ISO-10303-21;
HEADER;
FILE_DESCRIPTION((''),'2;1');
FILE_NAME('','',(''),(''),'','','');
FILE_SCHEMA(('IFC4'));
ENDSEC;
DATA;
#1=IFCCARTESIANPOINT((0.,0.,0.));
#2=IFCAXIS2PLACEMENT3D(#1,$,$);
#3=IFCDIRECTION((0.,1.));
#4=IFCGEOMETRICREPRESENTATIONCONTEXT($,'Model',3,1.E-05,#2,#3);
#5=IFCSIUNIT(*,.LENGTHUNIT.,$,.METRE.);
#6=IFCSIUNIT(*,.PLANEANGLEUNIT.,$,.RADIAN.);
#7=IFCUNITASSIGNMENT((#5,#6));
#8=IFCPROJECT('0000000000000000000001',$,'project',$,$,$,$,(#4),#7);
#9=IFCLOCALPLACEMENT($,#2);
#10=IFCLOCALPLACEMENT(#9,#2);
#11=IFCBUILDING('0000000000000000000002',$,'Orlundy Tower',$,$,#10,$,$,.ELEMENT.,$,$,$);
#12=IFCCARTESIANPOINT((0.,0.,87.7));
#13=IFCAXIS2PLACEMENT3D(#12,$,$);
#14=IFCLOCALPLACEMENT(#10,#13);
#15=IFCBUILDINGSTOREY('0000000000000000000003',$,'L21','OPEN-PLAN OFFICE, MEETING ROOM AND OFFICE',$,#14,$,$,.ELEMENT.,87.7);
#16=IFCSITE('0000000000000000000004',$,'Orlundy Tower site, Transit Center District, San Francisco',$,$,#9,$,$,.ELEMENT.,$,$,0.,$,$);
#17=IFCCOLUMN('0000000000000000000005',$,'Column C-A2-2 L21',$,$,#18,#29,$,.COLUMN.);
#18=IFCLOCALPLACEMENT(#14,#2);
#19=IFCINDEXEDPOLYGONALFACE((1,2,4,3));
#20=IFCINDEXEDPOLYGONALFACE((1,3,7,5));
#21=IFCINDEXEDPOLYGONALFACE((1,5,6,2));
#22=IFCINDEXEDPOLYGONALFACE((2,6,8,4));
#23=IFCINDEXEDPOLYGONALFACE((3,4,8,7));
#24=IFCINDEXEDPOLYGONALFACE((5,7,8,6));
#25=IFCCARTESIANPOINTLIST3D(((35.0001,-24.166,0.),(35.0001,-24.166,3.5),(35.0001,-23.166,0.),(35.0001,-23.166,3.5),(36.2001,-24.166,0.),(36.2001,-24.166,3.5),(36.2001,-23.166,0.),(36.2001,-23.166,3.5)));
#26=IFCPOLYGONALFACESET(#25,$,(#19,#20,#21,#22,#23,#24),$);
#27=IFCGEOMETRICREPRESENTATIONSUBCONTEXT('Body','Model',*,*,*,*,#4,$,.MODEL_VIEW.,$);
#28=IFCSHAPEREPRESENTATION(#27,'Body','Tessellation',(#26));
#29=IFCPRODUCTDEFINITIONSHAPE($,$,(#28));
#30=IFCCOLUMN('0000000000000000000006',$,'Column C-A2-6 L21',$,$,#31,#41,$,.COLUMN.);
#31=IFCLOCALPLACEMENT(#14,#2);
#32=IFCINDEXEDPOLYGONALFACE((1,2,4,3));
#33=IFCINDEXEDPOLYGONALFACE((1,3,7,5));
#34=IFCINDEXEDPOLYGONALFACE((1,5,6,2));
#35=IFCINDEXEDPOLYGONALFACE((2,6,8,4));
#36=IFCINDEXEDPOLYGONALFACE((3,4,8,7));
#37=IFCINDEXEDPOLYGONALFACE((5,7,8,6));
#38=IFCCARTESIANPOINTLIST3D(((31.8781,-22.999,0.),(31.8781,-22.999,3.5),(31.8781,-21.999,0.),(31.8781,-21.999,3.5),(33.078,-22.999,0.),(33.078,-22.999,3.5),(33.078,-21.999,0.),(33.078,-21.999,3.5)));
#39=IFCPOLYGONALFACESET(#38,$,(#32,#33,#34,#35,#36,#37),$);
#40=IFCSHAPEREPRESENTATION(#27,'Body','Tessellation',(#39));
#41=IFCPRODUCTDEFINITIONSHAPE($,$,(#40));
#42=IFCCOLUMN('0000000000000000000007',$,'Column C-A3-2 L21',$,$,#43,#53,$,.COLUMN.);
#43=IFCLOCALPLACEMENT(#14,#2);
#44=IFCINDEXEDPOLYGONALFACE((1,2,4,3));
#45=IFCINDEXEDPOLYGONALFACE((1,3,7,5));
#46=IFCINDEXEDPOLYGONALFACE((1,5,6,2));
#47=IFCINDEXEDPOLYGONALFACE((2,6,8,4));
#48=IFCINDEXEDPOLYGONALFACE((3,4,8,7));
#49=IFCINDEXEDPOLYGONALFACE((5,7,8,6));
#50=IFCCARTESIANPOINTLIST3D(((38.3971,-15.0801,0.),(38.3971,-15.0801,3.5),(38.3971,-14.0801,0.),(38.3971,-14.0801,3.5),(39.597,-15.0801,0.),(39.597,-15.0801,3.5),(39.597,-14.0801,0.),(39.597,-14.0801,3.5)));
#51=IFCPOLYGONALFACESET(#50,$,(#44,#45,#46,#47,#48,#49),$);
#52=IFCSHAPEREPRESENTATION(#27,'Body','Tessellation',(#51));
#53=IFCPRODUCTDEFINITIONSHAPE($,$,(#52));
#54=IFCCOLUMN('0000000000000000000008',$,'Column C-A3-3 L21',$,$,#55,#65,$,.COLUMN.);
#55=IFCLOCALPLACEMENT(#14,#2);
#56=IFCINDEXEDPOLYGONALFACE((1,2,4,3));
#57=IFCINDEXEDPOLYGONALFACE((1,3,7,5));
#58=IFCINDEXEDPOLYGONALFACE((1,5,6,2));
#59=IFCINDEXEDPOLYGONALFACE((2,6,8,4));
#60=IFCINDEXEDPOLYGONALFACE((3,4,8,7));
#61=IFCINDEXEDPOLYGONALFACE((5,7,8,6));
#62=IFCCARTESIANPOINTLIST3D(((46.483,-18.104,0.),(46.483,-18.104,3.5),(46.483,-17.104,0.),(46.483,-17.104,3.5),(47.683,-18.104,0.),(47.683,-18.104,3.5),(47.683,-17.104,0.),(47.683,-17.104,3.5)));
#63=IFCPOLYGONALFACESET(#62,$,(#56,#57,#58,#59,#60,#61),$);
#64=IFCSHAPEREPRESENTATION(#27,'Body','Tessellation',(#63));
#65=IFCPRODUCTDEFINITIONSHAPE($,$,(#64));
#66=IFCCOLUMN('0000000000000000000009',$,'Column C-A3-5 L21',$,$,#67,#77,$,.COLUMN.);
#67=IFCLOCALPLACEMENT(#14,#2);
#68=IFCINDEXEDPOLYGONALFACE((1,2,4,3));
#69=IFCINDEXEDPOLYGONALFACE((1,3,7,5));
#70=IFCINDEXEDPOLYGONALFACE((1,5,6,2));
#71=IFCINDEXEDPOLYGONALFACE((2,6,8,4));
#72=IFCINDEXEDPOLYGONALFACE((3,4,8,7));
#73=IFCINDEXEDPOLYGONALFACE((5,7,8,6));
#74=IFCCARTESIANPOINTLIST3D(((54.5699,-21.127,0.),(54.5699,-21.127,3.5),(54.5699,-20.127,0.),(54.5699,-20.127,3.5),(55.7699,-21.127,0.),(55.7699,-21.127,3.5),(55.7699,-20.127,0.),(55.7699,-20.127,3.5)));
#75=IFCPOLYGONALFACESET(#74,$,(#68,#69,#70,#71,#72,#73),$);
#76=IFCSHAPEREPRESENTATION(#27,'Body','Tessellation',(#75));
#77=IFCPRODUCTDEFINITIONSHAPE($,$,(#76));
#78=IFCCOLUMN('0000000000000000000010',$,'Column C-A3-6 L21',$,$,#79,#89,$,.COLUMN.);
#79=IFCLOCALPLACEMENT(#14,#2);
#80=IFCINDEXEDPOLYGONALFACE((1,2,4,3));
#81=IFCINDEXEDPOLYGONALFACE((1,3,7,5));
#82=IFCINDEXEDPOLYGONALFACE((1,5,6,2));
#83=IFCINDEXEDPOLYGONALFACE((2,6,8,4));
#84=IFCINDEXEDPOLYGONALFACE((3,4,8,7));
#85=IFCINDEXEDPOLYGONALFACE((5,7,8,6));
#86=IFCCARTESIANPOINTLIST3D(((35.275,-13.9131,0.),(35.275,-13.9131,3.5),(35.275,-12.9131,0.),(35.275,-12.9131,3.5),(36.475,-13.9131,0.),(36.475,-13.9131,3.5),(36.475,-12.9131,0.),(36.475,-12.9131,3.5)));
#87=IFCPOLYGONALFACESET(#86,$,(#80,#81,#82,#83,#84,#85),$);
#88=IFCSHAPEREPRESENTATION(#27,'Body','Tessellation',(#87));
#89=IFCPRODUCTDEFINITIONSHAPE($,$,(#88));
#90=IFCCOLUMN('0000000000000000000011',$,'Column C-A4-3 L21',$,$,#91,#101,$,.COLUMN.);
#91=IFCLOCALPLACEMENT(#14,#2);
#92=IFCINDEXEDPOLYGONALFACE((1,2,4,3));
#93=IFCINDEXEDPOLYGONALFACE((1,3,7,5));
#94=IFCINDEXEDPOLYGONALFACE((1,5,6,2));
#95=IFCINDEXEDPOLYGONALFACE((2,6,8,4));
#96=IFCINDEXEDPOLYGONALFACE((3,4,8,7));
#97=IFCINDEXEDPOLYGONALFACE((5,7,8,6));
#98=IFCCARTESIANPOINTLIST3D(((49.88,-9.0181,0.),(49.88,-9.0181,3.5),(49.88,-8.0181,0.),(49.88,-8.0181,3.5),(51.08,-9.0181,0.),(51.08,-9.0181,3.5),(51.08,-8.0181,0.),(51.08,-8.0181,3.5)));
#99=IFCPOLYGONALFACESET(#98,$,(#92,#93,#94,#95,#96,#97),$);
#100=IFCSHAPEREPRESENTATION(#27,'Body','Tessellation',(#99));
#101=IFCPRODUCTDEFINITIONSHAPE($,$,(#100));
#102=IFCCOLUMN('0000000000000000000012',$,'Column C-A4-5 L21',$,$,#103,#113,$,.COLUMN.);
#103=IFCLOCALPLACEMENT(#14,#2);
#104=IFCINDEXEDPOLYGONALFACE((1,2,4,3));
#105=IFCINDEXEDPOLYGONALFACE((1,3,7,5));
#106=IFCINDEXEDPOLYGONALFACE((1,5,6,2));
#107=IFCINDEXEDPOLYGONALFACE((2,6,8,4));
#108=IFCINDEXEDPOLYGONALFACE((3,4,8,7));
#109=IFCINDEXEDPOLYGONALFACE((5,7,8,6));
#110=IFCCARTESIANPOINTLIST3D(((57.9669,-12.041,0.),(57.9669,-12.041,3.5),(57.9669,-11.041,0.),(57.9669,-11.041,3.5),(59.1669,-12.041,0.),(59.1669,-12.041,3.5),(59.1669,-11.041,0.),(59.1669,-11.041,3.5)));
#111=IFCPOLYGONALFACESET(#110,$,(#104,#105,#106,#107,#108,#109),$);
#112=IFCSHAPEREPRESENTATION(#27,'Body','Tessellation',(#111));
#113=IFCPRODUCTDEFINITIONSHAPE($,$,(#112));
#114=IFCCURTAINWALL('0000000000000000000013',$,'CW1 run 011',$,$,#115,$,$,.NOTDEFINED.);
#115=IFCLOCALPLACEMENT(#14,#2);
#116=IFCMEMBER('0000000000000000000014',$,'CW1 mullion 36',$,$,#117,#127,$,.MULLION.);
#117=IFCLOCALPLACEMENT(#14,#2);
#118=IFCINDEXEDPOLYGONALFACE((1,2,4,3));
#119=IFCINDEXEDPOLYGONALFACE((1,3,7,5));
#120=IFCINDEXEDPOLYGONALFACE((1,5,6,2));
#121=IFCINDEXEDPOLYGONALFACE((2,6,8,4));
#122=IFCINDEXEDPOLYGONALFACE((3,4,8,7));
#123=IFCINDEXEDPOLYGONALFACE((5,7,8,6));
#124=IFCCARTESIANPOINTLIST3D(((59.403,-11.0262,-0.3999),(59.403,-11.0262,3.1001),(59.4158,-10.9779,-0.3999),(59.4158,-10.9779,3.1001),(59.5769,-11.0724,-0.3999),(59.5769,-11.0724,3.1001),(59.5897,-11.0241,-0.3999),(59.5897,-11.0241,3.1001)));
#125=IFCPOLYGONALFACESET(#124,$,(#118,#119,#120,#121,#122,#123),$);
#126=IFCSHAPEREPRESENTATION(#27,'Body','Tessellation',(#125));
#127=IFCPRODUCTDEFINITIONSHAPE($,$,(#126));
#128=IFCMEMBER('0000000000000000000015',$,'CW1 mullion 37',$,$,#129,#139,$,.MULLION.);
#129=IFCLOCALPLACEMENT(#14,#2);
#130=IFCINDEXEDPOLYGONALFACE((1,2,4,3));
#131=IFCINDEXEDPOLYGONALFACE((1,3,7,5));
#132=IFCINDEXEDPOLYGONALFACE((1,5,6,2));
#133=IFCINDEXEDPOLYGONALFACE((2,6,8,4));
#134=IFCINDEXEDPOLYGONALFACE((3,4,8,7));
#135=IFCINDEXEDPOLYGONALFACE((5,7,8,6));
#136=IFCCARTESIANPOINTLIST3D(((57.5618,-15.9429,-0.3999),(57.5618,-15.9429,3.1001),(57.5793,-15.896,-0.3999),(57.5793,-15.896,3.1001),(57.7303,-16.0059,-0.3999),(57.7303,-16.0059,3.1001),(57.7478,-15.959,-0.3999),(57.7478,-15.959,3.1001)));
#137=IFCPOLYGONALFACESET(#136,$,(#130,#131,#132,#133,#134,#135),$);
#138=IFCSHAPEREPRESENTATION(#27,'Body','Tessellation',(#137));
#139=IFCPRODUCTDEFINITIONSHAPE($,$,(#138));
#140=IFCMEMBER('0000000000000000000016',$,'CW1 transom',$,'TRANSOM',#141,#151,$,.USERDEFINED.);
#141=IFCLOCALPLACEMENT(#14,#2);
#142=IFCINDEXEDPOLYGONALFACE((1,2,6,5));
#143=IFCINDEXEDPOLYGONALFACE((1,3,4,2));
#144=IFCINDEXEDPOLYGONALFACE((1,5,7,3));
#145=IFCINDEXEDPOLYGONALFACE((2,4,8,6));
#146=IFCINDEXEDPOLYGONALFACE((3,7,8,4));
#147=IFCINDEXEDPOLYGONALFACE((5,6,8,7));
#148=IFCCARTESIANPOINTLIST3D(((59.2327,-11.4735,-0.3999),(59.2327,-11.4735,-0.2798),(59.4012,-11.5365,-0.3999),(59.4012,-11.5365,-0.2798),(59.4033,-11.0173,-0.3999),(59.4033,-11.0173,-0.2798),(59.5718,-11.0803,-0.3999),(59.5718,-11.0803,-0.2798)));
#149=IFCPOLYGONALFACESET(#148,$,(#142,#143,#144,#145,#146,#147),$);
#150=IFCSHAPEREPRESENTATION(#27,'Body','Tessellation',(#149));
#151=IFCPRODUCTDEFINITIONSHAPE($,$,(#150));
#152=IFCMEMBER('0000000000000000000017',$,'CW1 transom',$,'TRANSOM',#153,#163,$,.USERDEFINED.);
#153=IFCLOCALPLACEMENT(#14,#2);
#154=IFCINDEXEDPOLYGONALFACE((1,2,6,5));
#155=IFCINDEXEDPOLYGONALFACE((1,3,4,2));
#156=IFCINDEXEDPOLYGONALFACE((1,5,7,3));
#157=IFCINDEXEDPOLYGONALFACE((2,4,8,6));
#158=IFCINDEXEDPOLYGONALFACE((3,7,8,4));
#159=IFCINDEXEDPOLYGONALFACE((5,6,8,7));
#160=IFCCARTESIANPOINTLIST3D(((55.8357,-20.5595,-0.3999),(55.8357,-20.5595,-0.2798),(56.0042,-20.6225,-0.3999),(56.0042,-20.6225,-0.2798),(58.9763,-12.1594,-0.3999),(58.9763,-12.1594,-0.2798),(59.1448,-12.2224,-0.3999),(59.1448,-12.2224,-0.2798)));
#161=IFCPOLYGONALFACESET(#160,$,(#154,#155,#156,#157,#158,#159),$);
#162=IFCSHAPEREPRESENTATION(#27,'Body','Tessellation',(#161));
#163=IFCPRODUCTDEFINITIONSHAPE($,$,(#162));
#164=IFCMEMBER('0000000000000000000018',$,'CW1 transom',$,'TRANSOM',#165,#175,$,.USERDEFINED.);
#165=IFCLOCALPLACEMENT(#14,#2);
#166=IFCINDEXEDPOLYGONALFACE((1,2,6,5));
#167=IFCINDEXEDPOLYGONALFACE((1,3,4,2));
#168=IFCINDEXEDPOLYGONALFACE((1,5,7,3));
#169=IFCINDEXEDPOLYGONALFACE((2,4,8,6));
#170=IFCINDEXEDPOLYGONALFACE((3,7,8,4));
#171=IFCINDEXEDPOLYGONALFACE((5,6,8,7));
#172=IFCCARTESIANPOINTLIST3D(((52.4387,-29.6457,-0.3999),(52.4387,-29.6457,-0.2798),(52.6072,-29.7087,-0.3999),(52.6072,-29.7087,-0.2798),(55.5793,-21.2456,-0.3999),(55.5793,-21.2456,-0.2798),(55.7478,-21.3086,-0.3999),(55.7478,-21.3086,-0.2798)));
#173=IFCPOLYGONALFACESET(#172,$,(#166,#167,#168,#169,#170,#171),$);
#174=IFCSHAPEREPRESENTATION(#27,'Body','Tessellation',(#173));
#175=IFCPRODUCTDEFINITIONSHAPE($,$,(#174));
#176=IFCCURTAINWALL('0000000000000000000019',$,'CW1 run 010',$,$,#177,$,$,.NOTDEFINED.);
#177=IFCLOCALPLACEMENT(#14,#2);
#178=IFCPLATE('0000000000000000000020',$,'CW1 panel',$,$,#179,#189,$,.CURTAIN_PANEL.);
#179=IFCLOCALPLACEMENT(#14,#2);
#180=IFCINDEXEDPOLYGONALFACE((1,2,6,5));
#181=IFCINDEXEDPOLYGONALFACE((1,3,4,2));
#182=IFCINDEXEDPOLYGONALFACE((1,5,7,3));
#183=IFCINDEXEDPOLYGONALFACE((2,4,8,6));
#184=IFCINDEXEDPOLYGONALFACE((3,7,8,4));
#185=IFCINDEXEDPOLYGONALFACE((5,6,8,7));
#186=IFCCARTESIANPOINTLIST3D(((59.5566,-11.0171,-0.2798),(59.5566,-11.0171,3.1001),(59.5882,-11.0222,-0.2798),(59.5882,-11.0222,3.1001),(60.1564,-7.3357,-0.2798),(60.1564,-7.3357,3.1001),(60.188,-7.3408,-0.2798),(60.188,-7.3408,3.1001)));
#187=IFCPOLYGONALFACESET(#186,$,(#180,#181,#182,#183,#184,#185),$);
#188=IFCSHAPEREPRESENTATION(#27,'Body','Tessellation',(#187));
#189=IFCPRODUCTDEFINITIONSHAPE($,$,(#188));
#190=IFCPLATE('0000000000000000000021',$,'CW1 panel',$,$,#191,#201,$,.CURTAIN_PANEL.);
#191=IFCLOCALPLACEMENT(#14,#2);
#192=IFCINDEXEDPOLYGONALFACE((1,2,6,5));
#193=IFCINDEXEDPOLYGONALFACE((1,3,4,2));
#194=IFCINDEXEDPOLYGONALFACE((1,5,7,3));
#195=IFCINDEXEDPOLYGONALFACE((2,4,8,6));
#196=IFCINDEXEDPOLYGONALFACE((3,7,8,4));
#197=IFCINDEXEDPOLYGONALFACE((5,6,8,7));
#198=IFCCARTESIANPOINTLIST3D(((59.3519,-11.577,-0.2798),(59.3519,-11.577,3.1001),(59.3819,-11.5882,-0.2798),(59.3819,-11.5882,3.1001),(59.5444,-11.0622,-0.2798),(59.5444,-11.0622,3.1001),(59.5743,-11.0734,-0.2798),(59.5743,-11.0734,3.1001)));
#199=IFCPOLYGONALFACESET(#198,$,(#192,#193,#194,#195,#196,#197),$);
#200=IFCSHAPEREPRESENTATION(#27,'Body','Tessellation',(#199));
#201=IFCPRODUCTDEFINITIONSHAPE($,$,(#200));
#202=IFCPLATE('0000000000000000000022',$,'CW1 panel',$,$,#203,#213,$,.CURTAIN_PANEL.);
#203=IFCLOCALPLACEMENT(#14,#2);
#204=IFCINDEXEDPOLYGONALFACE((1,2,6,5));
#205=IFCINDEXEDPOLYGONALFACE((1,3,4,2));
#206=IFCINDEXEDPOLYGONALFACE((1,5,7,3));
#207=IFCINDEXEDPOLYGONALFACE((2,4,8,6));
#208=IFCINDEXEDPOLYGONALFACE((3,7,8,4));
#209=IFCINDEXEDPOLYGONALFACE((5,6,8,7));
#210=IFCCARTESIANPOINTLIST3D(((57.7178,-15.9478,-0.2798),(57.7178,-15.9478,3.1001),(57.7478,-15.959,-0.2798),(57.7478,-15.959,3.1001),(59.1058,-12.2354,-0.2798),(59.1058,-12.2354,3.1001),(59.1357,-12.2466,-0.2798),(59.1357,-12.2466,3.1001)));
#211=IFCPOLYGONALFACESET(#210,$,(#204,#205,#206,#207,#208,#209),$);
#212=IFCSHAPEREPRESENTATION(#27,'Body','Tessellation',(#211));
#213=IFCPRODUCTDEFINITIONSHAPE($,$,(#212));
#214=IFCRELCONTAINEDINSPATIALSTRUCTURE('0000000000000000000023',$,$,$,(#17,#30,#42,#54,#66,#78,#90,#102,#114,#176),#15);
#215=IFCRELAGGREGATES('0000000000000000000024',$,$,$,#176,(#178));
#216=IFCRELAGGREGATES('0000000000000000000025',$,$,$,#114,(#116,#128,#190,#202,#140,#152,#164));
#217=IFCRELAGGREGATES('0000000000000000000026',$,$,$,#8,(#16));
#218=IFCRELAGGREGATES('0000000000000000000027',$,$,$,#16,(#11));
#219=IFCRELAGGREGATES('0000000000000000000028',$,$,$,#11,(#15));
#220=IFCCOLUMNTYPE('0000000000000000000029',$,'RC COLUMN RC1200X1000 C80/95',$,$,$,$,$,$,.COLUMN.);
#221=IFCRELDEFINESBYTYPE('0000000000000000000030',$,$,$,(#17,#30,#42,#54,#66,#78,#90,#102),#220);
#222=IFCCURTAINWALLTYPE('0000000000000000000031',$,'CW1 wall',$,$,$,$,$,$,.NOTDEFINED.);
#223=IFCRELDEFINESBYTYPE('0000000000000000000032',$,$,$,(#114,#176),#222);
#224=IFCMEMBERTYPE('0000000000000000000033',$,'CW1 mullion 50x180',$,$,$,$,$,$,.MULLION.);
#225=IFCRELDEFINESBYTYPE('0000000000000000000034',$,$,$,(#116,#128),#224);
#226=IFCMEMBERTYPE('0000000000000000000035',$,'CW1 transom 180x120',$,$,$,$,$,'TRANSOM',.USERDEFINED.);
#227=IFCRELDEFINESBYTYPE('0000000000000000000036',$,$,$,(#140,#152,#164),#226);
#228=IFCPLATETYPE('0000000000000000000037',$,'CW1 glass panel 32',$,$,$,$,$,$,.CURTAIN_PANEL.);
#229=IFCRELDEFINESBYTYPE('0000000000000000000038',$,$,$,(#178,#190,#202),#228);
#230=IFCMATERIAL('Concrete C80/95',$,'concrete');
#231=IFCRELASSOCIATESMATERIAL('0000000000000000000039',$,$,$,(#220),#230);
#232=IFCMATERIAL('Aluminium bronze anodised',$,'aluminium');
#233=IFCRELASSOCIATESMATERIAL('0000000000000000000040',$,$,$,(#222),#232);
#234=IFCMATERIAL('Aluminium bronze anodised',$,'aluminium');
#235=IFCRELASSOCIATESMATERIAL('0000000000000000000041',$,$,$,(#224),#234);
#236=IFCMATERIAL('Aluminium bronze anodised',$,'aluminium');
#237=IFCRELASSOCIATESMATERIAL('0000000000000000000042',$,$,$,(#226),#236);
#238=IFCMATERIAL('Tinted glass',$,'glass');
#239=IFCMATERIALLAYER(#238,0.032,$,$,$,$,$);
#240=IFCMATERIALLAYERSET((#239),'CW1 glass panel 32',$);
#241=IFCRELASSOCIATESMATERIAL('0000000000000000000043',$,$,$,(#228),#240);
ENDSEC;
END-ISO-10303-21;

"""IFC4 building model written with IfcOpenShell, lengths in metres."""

from ifc_helpers import new_model, si_unit, direction, frame, origin, origin_2d, place, context, subcontext, project, spatial, rectangle, extrude, material, layer, layer_set, material_profile, profile_set, type_object, element, aggregate, save


model = new_model("IFC4")

# Units and contexts
model_context = context("Model", 3, precision=1e-05, world=origin(), true_north=direction((0.0, 1.0)))
body_context = subcontext(model_context, "Body", "Model", "MODEL_VIEW")
ifc_project = project(units=[si_unit("LENGTHUNIT", "METRE"), si_unit("PLANEANGLEUNIT", "RADIAN")], contexts=[model_context])

# Site, building, storey
site_placement = place(None, origin())
site = spatial("IfcSite", under=ifc_project, at=site_placement, Name="Orlundy Tower site, Transit Center District, San Francisco", CompositionType="ELEMENT", RefElevation=0.0)
building_placement = place(site_placement, origin())
building = spatial("IfcBuilding", under=site, at=building_placement, Name="Orlundy Tower", CompositionType="ELEMENT")
storey_placement = place(building_placement, frame((0.0, 0.0, 87.7)))
storey = spatial("IfcBuildingStorey", under=building, at=storey_placement, Name="L21", Description="OPEN-PLAN OFFICE, MEETING ROOM AND OFFICE", CompositionType="ELEMENT", Elevation=87.7)

# Columns
ifc_material_1 = material(Name="Concrete C80/95", Category="concrete")
ifc_material_profile_1 = material_profile(ifc_material_1, rectangle(XDim=1.2, YDim=1.0, at=origin_2d()), Name="RC1200X1000")
ifc_profile_set_1 = profile_set([ifc_material_profile_1], Name="Concrete C80/95")
column_type = type_object("IfcColumnType", Name="RC COLUMN RC1200X1000 C80/95", PredefinedType="COLUMN", material=ifc_profile_set_1)
for number, where, z_axis, x_axis, name in (
    (1, (35.6001, -23.666, 0.0), (0.0, 0.0, 1.0), (1.0, 0.0, 0.0), "Column C-A2-2 L21"),
    (2, (32.478, -22.499, 0.0), (0.0, 0.0, 1.0), (1.0, 0.0, 0.0), "Column C-A2-6 L21"),
    (3, (38.9971, -14.5801, 0.0), (0.0, 0.0, 1.0), (1.0, 0.0, 0.0), "Column C-A3-2 L21"),
    (4, (47.083, -17.604, 0.0), (0.0, 0.0, 1.0), (1.0, 0.0, 0.0), "Column C-A3-3 L21"),
    (5, (55.1699, -20.627, 0.0), (0.0, 0.0, 1.0), (1.0, 0.0, 0.0), "Column C-A3-5 L21"),
    (6, (35.875, -13.4131, 0.0), (0.0, 0.0, 1.0), (1.0, 0.0, 0.0), "Column C-A3-6 L21"),
    (7, (50.48, -8.5181, 0.0), (0.0, 0.0, 1.0), (1.0, 0.0, 0.0), "Column C-A4-3 L21"),
    (8, (58.5669, -11.541, 0.0), (0.0, 0.0, 1.0), (1.0, 0.0, 0.0), "Column C-A4-5 L21"),
):
    element("IfcColumn", number, at=place(storey_placement, frame(where, z_axis=z_axis, x_axis=x_axis)), inside=storey, type_object=column_type, Name=name, PredefinedType="COLUMN", context=body_context, shape_type="SweptSolid", body=[
        extrude(rectangle(XDim=1.2, YDim=1.0, at=origin_2d()), origin(), (0.0, 0.0, 1.0), 3.5),
    ])

# Curtain wall, members
ifc_material_2 = material(Name="Aluminium bronze anodised", Category="aluminium")
curtain_wall_type = type_object("IfcCurtainWallType", Name="CW1 wall", PredefinedType="NOTDEFINED", material=ifc_material_2)
curtain_wall_1_placement = place(storey_placement, origin())
curtain_wall_1 = element("IfcCurtainWall", 9, at=curtain_wall_1_placement, inside=storey, type_object=curtain_wall_type, Name="CW1 run 011", PredefinedType="NOTDEFINED")
ifc_material_3 = material(Name="Aluminium bronze anodised", Category="aluminium")
ifc_material_profile_2 = material_profile(ifc_material_3, rectangle(XDim=0.1799, YDim=0.05, at=origin_2d()), Name="CW1 mullion 50x180")
ifc_profile_set_2 = profile_set([ifc_material_profile_2], Name="Aluminium bronze anodised")
member_type_1 = type_object("IfcMemberType", Name="CW1 mullion 50x180", PredefinedType="MULLION", material=ifc_profile_set_2)
member_1_placement = place(storey_placement, frame((59.4963, -11.0251, -0.3999), z_axis=(0.0, 0.0, 1.0), x_axis=(0.966481, -0.256737, 0.0)))
member_1 = element("IfcMember", 10, at=member_1_placement, type_object=member_type_1, Name="CW1 mullion 36", PredefinedType="MULLION", context=body_context, shape_type="SweptSolid", body=[
    extrude(rectangle(XDim=0.1799, YDim=0.05, at=origin_2d()), origin(), (0.0, 0.0, 1.0), 3.5),
])
member_2_placement = place(storey_placement, frame((57.6548, -15.9509, -0.3999), z_axis=(0.0, 0.0, 1.0), x_axis=(0.936677, -0.350194, 0.0)))
member_2 = element("IfcMember", 11, at=member_2_placement, type_object=member_type_1, Name="CW1 mullion 37", PredefinedType="MULLION", context=body_context, shape_type="SweptSolid", body=[
    extrude(rectangle(XDim=0.1799, YDim=0.05, at=origin_2d()), origin(), (0.0, 0.0, 1.0), 3.5),
])
ifc_material_4 = material(Name="Aluminium bronze anodised", Category="aluminium")
ifc_material_profile_3 = material_profile(ifc_material_4, rectangle(XDim=0.1799, YDim=0.1201, at=origin_2d()), Name="CW1 transom 180x120")
ifc_profile_set_3 = profile_set([ifc_material_profile_3], Name="Aluminium bronze anodised")
member_type_2 = type_object("IfcMemberType", Name="CW1 transom 180x120", ElementType="TRANSOM", PredefinedType="USERDEFINED", material=ifc_profile_set_3)
member_3_placement = place(storey_placement, frame((59.4875, -11.0488, -0.3398), z_axis=(-0.3503, -0.936638, 0.0), x_axis=(0.936638, -0.3503, 0.0)))
member_3 = element("IfcMember", 12, at=member_3_placement, type_object=member_type_2, Name="CW1 transom", ObjectType="TRANSOM", PredefinedType="USERDEFINED", context=body_context, shape_type="SweptSolid", body=[
    extrude(rectangle(XDim=0.1799, YDim=0.1201, at=origin_2d()), origin(), (0.0, 0.0, 1.0), 0.4871),
])
member_4_placement = place(storey_placement, frame((59.0605, -12.1909, -0.3398), z_axis=(-0.350201, -0.936674, 0.0), x_axis=(0.936674, -0.350201, 0.0)))
member_4 = element("IfcMember", 13, at=member_4_placement, type_object=member_type_2, Name="CW1 transom", ObjectType="TRANSOM", PredefinedType="USERDEFINED", context=body_context, shape_type="SweptSolid", body=[
    extrude(rectangle(XDim=0.1799, YDim=0.1201, at=origin_2d()), origin(), (0.0, 0.0, 1.0), 8.968),
])
member_5_placement = place(storey_placement, frame((55.6636, -21.2771, -0.3398), z_axis=(-0.350201, -0.936674, 0.0), x_axis=(0.936674, -0.350201, 0.0)))
member_5 = element("IfcMember", 14, at=member_5_placement, type_object=member_type_2, Name="CW1 transom", ObjectType="TRANSOM", PredefinedType="USERDEFINED", context=body_context, shape_type="SweptSolid", body=[
    extrude(rectangle(XDim=0.1799, YDim=0.1201, at=origin_2d()), origin(), (0.0, 0.0, 1.0), 8.968),
])

# Curtain wall, plate
curtain_wall_2_placement = place(storey_placement, origin())
curtain_wall_2 = element("IfcCurtainWall", 15, at=curtain_wall_2_placement, inside=storey, type_object=curtain_wall_type, Name="CW1 run 010", PredefinedType="NOTDEFINED")
ifc_material_5 = material(Name="Tinted glass", Category="glass")
ifc_layer_1 = layer(ifc_material_5, 0.032)
ifc_layer_set_1 = layer_set([ifc_layer_1], Name="CW1 glass panel 32")
plate_type = type_object("IfcPlateType", Name="CW1 glass panel 32", PredefinedType="CURTAIN_PANEL", material=ifc_layer_set_1)
plate_1_placement = place(storey_placement, frame((59.8723, -9.179, -0.2798), z_axis=(0.0, 0.0, 1.0), x_axis=(-0.16081, -0.986985, 0.0)))
plate_1 = element("IfcPlate", 16, at=plate_1_placement, type_object=plate_type, Name="CW1 panel", PredefinedType="CURTAIN_PANEL", context=body_context, shape_type="SweptSolid", body=[
    extrude(rectangle(XDim=3.73, YDim=0.032, at=origin_2d()), origin(), (0.0, 0.0, 1.0), 3.3799),
])
aggregate(curtain_wall_2, [plate_1])

# Plates
plate_2_placement = place(storey_placement, frame((59.4631, -11.3252, -0.2798), z_axis=(0.0, 0.0, 1.0), x_axis=(-0.350194, -0.936677, 0.0)))
plate_2 = element("IfcPlate", 17, at=plate_2_placement, type_object=plate_type, Name="CW1 panel", PredefinedType="CURTAIN_PANEL", context=body_context, shape_type="SweptSolid", body=[
    extrude(rectangle(XDim=0.5496, YDim=0.032, at=origin_2d()), origin(), (0.0, 0.0, 1.0), 3.3799),
])
plate_3_placement = place(storey_placement, frame((58.4268, -14.0972, -0.2798), z_axis=(0.0, 0.0, 1.0), x_axis=(-0.350194, -0.936677, 0.0)))
plate_3 = element("IfcPlate", 18, at=plate_3_placement, type_object=plate_type, Name="CW1 panel", PredefinedType="CURTAIN_PANEL", context=body_context, shape_type="SweptSolid", body=[
    extrude(rectangle(XDim=3.9634, YDim=0.032, at=origin_2d()), origin(), (0.0, 0.0, 1.0), 3.3799),
])
aggregate(curtain_wall_1, [member_1, member_2, plate_2, plate_3, member_3, member_4, member_5])

save(model, "model.ifc")
